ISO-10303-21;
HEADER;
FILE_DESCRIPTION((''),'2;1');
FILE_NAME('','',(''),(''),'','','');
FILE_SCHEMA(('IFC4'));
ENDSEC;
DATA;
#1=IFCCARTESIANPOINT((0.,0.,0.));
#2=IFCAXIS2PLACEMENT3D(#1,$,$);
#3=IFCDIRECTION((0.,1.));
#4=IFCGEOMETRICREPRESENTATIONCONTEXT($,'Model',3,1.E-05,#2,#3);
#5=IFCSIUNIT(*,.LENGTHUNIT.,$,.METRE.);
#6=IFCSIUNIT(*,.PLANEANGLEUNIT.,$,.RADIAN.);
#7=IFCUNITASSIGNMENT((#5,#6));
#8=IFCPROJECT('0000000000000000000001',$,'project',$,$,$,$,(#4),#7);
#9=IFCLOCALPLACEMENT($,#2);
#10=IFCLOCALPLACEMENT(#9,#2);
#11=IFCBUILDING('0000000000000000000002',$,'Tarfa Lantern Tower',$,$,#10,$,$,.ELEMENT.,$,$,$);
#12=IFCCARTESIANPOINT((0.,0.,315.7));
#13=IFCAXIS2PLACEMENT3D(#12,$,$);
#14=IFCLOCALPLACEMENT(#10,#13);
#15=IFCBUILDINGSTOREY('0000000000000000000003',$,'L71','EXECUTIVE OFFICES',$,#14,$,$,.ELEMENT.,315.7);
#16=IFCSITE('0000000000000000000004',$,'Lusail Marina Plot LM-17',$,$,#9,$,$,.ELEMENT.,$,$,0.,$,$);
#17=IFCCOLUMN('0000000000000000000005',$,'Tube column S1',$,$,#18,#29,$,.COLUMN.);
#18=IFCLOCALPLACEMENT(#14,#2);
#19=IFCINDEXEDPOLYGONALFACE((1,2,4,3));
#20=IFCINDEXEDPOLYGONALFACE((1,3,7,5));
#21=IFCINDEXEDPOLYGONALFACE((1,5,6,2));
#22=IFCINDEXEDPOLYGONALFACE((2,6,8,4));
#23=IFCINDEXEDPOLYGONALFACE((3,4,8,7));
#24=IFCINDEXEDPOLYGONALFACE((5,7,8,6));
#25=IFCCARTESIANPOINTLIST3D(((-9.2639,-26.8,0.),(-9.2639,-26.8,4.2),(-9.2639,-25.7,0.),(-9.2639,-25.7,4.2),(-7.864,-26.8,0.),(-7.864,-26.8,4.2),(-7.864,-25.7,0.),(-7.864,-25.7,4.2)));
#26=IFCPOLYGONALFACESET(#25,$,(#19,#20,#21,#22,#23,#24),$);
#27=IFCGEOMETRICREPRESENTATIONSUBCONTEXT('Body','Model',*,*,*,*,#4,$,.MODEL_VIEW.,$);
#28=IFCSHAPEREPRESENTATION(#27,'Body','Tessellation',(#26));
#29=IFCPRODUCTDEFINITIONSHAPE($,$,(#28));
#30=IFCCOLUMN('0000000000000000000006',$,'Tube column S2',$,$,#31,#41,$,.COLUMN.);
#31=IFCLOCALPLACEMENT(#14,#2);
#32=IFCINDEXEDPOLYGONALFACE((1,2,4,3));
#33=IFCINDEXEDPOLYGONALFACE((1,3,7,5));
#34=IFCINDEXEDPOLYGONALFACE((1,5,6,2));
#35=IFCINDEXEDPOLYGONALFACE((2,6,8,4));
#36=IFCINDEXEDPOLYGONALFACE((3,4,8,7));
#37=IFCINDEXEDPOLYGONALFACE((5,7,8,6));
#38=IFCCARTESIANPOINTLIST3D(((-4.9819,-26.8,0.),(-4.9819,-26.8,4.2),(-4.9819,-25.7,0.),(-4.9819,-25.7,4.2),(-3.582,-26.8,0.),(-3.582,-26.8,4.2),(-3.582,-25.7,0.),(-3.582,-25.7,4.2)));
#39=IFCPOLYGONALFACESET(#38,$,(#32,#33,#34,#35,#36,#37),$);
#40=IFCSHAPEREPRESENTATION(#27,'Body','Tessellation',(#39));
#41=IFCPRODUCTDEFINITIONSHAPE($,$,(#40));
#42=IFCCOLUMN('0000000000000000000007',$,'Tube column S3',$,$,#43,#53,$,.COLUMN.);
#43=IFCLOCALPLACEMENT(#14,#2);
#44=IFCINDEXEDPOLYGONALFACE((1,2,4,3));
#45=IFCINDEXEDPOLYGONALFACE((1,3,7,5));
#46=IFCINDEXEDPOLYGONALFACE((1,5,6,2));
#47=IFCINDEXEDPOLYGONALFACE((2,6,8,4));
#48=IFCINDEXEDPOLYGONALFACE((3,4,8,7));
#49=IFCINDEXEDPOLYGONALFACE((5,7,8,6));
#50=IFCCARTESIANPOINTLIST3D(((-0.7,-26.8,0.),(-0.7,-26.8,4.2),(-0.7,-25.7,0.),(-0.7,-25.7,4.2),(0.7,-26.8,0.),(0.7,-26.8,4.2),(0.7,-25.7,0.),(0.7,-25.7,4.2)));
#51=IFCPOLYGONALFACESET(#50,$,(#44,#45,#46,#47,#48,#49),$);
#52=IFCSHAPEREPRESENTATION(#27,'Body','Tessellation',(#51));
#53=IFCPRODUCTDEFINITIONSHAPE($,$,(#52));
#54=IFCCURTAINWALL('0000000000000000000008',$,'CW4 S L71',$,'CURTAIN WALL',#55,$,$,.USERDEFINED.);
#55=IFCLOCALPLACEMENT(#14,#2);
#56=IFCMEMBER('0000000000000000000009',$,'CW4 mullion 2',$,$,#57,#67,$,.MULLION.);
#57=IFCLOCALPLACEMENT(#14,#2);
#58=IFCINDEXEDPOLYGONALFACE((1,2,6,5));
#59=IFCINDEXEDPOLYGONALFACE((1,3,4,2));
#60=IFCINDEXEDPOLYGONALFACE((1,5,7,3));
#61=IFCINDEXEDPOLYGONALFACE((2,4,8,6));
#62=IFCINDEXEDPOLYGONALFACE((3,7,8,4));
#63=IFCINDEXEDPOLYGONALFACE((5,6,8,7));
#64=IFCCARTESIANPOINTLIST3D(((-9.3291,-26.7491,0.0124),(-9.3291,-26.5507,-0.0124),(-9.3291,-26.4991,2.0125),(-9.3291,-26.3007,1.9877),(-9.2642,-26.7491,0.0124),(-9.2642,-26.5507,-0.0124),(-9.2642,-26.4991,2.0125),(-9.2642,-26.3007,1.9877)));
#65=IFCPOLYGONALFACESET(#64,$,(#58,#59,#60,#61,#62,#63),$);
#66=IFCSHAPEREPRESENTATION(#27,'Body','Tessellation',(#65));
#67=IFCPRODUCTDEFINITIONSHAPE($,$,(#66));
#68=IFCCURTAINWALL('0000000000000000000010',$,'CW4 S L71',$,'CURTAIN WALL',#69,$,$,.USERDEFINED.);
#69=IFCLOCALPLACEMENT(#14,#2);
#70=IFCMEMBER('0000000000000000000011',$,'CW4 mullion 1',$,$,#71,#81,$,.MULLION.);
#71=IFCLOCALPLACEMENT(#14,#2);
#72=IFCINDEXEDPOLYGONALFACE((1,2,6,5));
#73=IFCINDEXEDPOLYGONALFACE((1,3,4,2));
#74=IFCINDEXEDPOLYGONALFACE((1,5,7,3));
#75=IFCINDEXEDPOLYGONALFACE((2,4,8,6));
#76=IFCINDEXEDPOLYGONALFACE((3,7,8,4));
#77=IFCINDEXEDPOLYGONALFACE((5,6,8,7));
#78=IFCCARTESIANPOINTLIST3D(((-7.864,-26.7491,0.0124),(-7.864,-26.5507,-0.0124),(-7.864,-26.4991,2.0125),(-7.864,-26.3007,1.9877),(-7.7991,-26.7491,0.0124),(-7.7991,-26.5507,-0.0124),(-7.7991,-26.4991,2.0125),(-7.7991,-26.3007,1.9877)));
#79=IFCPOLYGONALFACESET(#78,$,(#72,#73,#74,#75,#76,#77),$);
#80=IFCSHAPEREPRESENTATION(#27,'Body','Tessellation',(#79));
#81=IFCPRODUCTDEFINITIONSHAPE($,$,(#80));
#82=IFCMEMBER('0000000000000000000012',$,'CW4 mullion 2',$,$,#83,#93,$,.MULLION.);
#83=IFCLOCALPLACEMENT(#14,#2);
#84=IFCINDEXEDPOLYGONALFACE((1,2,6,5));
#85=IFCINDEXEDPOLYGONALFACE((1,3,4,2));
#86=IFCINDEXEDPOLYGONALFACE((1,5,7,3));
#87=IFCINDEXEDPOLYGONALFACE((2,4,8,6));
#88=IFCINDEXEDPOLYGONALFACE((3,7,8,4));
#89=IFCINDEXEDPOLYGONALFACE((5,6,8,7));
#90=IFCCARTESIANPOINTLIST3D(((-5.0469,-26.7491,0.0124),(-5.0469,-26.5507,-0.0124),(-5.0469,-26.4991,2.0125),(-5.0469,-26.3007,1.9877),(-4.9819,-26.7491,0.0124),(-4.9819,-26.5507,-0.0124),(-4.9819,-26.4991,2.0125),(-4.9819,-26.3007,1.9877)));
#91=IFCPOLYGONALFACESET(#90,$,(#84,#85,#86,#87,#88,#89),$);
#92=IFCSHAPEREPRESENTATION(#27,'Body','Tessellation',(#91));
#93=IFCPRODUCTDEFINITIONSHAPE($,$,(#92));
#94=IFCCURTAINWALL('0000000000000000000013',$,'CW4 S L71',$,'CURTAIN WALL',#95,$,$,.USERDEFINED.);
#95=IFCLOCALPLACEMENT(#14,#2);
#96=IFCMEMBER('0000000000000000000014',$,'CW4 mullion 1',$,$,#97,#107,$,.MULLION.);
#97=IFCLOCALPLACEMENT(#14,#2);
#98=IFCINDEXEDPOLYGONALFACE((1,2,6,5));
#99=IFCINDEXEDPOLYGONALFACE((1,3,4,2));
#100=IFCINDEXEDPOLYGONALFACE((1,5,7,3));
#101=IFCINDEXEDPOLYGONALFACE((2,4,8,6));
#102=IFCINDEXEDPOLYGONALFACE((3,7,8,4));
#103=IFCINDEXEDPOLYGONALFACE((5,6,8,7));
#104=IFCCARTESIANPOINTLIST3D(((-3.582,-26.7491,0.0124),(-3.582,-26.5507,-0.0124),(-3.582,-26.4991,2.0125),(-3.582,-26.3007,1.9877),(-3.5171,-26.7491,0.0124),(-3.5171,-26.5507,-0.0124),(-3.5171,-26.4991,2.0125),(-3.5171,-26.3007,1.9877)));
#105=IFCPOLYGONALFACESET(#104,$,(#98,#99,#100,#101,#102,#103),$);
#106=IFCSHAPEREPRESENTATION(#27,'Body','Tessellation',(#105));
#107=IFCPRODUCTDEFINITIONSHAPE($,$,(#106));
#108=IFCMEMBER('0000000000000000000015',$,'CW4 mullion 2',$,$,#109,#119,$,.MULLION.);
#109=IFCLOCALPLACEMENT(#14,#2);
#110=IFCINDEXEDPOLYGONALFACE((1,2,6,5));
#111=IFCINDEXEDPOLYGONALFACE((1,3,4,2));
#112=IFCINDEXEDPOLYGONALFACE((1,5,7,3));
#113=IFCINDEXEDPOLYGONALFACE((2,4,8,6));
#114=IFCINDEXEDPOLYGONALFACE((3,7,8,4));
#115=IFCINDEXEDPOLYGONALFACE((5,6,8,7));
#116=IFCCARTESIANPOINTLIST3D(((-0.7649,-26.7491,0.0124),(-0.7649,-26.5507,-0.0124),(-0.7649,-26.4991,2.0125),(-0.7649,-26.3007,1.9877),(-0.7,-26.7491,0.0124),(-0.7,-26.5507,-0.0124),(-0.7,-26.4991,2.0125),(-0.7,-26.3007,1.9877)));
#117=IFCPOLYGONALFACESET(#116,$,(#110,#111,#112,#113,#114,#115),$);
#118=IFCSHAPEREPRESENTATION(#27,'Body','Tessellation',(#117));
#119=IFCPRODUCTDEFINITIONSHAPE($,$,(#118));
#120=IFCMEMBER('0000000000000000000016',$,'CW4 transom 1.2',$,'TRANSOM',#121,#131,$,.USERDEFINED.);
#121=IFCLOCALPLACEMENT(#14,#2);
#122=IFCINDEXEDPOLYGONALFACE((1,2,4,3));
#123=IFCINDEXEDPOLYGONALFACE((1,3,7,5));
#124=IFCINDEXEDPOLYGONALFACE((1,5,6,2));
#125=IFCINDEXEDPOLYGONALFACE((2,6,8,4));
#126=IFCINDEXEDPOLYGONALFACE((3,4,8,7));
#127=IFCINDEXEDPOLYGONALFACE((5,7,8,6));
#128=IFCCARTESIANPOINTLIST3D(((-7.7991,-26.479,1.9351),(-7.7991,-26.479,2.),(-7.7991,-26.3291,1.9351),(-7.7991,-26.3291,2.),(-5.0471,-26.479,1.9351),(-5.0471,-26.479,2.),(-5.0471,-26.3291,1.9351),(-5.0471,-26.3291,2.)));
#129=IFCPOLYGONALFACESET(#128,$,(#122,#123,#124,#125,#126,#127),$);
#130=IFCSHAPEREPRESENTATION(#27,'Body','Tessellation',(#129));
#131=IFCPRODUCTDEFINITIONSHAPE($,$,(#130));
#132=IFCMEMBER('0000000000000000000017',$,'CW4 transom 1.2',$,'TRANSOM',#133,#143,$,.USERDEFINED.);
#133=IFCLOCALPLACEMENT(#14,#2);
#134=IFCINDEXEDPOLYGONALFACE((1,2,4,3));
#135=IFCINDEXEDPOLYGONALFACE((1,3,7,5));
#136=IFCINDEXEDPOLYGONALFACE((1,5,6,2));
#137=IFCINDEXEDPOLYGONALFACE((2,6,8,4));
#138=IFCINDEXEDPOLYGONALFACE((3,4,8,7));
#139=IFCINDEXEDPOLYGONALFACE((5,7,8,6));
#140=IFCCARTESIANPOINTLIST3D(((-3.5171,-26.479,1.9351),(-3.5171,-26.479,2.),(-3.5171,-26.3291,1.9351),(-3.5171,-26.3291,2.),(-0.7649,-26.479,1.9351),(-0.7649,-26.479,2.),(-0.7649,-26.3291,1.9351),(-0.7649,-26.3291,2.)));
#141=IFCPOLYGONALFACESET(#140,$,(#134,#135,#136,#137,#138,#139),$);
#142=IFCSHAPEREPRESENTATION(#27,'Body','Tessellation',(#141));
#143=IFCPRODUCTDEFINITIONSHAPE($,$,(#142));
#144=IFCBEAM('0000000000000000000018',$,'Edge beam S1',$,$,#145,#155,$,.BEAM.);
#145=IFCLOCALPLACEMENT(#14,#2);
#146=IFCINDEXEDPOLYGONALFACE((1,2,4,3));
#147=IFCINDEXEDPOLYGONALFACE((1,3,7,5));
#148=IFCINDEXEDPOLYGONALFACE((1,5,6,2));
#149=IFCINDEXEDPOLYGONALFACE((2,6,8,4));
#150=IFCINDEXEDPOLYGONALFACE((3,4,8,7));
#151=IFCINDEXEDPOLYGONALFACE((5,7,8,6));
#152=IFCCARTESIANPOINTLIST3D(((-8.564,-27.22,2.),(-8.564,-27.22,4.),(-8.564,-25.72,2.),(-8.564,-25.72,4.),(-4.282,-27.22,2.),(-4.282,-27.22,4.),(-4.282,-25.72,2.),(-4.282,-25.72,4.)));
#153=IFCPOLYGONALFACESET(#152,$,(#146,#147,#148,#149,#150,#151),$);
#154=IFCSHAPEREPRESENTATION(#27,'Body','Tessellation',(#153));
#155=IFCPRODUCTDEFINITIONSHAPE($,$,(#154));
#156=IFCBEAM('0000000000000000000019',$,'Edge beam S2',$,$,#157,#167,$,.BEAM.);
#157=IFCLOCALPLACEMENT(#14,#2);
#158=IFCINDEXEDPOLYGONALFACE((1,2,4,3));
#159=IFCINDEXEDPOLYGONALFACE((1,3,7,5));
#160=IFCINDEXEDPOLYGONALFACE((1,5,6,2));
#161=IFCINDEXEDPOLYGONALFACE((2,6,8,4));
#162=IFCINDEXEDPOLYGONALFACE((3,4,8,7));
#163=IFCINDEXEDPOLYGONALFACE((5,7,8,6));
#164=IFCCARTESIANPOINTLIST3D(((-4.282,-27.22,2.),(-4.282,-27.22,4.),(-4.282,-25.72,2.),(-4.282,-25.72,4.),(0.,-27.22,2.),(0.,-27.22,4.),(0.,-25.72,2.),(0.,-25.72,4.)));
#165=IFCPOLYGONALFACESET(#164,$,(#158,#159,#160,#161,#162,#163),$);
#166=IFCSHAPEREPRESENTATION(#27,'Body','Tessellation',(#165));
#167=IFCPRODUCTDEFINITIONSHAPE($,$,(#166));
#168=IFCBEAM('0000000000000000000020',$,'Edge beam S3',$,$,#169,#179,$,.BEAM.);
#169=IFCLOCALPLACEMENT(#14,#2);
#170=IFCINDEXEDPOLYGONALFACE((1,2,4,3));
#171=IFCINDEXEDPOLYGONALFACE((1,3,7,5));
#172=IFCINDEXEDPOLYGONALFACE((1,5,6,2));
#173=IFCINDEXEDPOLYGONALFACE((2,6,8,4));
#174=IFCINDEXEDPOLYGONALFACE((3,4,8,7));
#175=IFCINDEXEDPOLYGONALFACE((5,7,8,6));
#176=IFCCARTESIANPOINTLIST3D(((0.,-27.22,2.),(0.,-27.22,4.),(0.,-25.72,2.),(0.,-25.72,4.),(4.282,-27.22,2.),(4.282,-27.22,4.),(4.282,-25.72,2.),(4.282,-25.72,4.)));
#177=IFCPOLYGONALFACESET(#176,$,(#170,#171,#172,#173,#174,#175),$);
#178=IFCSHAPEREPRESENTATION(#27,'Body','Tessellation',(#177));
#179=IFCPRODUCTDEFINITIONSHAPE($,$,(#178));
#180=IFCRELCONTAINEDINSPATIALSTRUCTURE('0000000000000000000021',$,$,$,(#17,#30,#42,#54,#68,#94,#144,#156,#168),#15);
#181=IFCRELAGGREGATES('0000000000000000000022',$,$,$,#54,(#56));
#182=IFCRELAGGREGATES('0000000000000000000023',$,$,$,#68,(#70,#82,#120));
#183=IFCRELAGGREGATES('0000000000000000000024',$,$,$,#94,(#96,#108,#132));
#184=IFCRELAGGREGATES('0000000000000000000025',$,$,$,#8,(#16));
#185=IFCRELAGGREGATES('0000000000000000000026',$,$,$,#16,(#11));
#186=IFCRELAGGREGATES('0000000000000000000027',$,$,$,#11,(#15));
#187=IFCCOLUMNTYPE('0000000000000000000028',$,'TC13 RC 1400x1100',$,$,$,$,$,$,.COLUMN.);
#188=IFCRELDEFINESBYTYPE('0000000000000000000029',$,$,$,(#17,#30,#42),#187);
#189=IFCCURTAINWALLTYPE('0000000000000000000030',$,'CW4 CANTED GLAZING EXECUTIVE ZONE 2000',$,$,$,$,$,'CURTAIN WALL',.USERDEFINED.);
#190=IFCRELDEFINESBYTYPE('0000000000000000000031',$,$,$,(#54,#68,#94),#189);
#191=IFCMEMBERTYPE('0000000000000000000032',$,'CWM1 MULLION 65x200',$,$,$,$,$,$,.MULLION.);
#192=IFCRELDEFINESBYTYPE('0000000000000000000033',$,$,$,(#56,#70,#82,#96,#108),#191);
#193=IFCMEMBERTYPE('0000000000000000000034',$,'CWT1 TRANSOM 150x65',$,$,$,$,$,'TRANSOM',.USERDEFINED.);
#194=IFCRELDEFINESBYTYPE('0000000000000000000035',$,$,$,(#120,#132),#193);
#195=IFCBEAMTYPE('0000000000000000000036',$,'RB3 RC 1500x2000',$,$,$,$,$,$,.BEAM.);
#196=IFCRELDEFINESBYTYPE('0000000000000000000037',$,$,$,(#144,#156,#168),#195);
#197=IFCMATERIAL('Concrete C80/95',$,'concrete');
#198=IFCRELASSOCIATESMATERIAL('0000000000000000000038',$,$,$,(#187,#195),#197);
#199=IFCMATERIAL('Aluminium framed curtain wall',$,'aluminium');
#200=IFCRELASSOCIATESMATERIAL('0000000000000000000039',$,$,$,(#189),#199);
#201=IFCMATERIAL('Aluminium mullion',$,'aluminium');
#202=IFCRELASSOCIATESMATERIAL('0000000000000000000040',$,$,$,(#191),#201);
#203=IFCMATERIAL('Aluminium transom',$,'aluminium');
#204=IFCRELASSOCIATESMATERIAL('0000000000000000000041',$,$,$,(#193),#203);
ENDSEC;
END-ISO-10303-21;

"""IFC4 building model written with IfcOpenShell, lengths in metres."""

from ifc_helpers import new_model, si_unit, direction, frame, origin, origin_2d, place, context, subcontext, project, spatial, rectangle, extrude, material, material_profile, profile_set, type_object, element, aggregate, save


model = new_model("IFC4")

# Units and contexts
model_context = context("Model", 3, precision=1e-05, world=origin(), true_north=direction((0.0, 1.0)))
body_context = subcontext(model_context, "Body", "Model", "MODEL_VIEW")
ifc_project = project(units=[si_unit("LENGTHUNIT", "METRE"), si_unit("PLANEANGLEUNIT", "RADIAN")], contexts=[model_context])

# Site, building, storey
site_placement = place(None, origin())
site = spatial("IfcSite", under=ifc_project, at=site_placement, Name="Lusail Marina Plot LM-17", CompositionType="ELEMENT", RefElevation=0.0)
building_placement = place(site_placement, origin())
building = spatial("IfcBuilding", under=site, at=building_placement, Name="Tarfa Lantern Tower", CompositionType="ELEMENT")
storey_placement = place(building_placement, frame((0.0, 0.0, 315.7)))
storey = spatial("IfcBuildingStorey", under=building, at=storey_placement, Name="L71", Description="EXECUTIVE OFFICES", CompositionType="ELEMENT", Elevation=315.7)

# Columns
ifc_material_1 = material(Name="Concrete C80/95", Category="concrete")
ifc_material_profile_1 = material_profile(ifc_material_1, rectangle(XDim=1.3999, YDim=1.1001, at=origin_2d()), Name="RC 1400x1100")
ifc_profile_set_1 = profile_set([ifc_material_profile_1], Name="Concrete C80/95")
column_type = type_object("IfcColumnType", Name="TC13 RC 1400x1100", PredefinedType="COLUMN", material=ifc_profile_set_1)
for number, where, z_axis, x_axis, name in (
    (1, (-8.564, -26.25, 0.0), (0.0, 0.0, 1.0), (1.0, 0.0, 0.0), "Tube column S1"),
    (2, (-4.282, -26.25, 0.0), (0.0, 0.0, 1.0), (1.0, 0.0, 0.0), "Tube column S2"),
    (3, (0.0, -26.25, 0.0), (0.0, 0.0, 1.0), (1.0, 0.0, 0.0), "Tube column S3"),
):
    element("IfcColumn", number, at=place(storey_placement, frame(where, z_axis=z_axis, x_axis=x_axis)), inside=storey, type_object=column_type, Name=name, PredefinedType="COLUMN", context=body_context, shape_type="SweptSolid", body=[
        extrude(rectangle(XDim=1.3999, YDim=1.1001, at=origin_2d()), origin(), (0.0, 0.0, 1.0), 4.2),
    ])

# Curtain wall, member
ifc_material_2 = material(Name="Aluminium framed curtain wall", Category="aluminium")
curtain_wall_type = type_object("IfcCurtainWallType", Name="CW4 CANTED GLAZING EXECUTIVE ZONE 2000", ElementType="CURTAIN WALL", PredefinedType="USERDEFINED", material=ifc_material_2)
curtain_wall_1_placement = place(storey_placement, origin())
curtain_wall_1 = element("IfcCurtainWall", 4, at=curtain_wall_1_placement, inside=storey, type_object=curtain_wall_type, Name="CW4 S L71", ObjectType="CURTAIN WALL", PredefinedType="USERDEFINED")
ifc_material_3 = material(Name="Aluminium mullion", Category="aluminium")
ifc_material_profile_2 = material_profile(ifc_material_3, rectangle(XDim=0.0649, YDim=0.2, at=origin_2d()), Name="AL MULLION 65x200")
ifc_profile_set_2 = profile_set([ifc_material_profile_2], Name="Aluminium mullion")
member_type_1 = type_object("IfcMemberType", Name="CWM1 MULLION 65x200", PredefinedType="MULLION", material=ifc_profile_set_2)
member_1_placement = place(storey_placement, frame((-9.2966, -26.6499, 0.0), z_axis=(0.0, 0.124035, 0.992278), x_axis=(-1.0, 0.0, 0.0)))
member_1 = element("IfcMember", 5, at=member_1_placement, type_object=member_type_1, Name="CW4 mullion 2", PredefinedType="MULLION", context=body_context, shape_type="SweptSolid", body=[
    extrude(rectangle(XDim=0.0649, YDim=0.2, at=origin_2d()), origin(), (0.0, 0.0, 1.0), 2.0156),
])
aggregate(curtain_wall_1, [member_1])

# Curtain walls, members
curtain_wall_2_placement = place(storey_placement, origin())
curtain_wall_2 = element("IfcCurtainWall", 6, at=curtain_wall_2_placement, inside=storey, type_object=curtain_wall_type, Name="CW4 S L71", ObjectType="CURTAIN WALL", PredefinedType="USERDEFINED")
member_2_placement = place(storey_placement, frame((-7.8315, -26.6499, 0.0), z_axis=(0.0, 0.124035, 0.992278), x_axis=(-1.0, 0.0, 0.0)))
member_2 = element("IfcMember", 7, at=member_2_placement, type_object=member_type_1, Name="CW4 mullion 1", PredefinedType="MULLION", context=body_context, shape_type="SweptSolid", body=[
    extrude(rectangle(XDim=0.0649, YDim=0.2, at=origin_2d()), origin(), (0.0, 0.0, 1.0), 2.0156),
])
member_3_placement = place(storey_placement, frame((-5.0144, -26.6499, 0.0), z_axis=(0.0, 0.124035, 0.992278), x_axis=(-1.0, 0.0, 0.0)))
member_3 = element("IfcMember", 8, at=member_3_placement, type_object=member_type_1, Name="CW4 mullion 2", PredefinedType="MULLION", context=body_context, shape_type="SweptSolid", body=[
    extrude(rectangle(XDim=0.0649, YDim=0.2, at=origin_2d()), origin(), (0.0, 0.0, 1.0), 2.0156),
])
curtain_wall_3_placement = place(storey_placement, origin())
curtain_wall_3 = element("IfcCurtainWall", 9, at=curtain_wall_3_placement, inside=storey, type_object=curtain_wall_type, Name="CW4 S L71", ObjectType="CURTAIN WALL", PredefinedType="USERDEFINED")
member_4_placement = place(storey_placement, frame((-3.5496, -26.6499, 0.0), z_axis=(0.0, 0.124035, 0.992278), x_axis=(-1.0, 0.0, 0.0)))
member_4 = element("IfcMember", 10, at=member_4_placement, type_object=member_type_1, Name="CW4 mullion 1", PredefinedType="MULLION", context=body_context, shape_type="SweptSolid", body=[
    extrude(rectangle(XDim=0.0649, YDim=0.2, at=origin_2d()), origin(), (0.0, 0.0, 1.0), 2.0156),
])
member_5_placement = place(storey_placement, frame((-0.7324, -26.6499, 0.0), z_axis=(0.0, 0.124035, 0.992278), x_axis=(-1.0, 0.0, 0.0)))
member_5 = element("IfcMember", 11, at=member_5_placement, type_object=member_type_1, Name="CW4 mullion 2", PredefinedType="MULLION", context=body_context, shape_type="SweptSolid", body=[
    extrude(rectangle(XDim=0.0649, YDim=0.2, at=origin_2d()), origin(), (0.0, 0.0, 1.0), 2.0156),
])

# Members
ifc_material_4 = material(Name="Aluminium transom", Category="aluminium")
ifc_material_profile_3 = material_profile(ifc_material_4, rectangle(XDim=0.1499, YDim=0.0649, at=origin_2d()), Name="AL TRANSOM 150x65")
ifc_profile_set_3 = profile_set([ifc_material_profile_3], Name="Aluminium transom")
member_type_2 = type_object("IfcMemberType", Name="CWT1 TRANSOM 150x65", ElementType="TRANSOM", PredefinedType="USERDEFINED", material=ifc_profile_set_3)
member_6_placement = place(storey_placement, frame((-7.7991, -26.4041, 1.9675), z_axis=(1.0, 0.0, 0.0), x_axis=(0.0, 1.0, 0.0)))
member_6 = element("IfcMember", 12, at=member_6_placement, type_object=member_type_2, Name="CW4 transom 1.2", ObjectType="TRANSOM", PredefinedType="USERDEFINED", context=body_context, shape_type="SweptSolid", body=[
    extrude(rectangle(XDim=0.1499, YDim=0.0649, at=origin_2d()), origin(), (0.0, 0.0, 1.0), 2.752),
])
member_7_placement = place(storey_placement, frame((-3.5171, -26.4041, 1.9675), z_axis=(1.0, 0.0, 0.0), x_axis=(0.0, 1.0, 0.0)))
member_7 = element("IfcMember", 13, at=member_7_placement, type_object=member_type_2, Name="CW4 transom 1.2", ObjectType="TRANSOM", PredefinedType="USERDEFINED", context=body_context, shape_type="SweptSolid", body=[
    extrude(rectangle(XDim=0.1499, YDim=0.0649, at=origin_2d()), origin(), (0.0, 0.0, 1.0), 2.7522),
])

# Beams
ifc_material_profile_4 = material_profile(ifc_material_1, rectangle(XDim=1.5, YDim=2.0, at=origin_2d()), Name="RC 1500x2000")
ifc_profile_set_4 = profile_set([ifc_material_profile_4], Name="Concrete C80/95")
beam_type_1 = type_object("IfcBeamType", Name="RB3 RC 1500x2000", PredefinedType="BEAM", material=ifc_profile_set_4)
for number, where, z_axis, x_axis, name in (
    (14, (-8.564, -26.47, 3.0), (1.0, 0.0, 0.0), (0.0, 1.0, 0.0), "Edge beam S1"),
    (15, (-4.282, -26.47, 3.0), (1.0, 0.0, 0.0), (0.0, 1.0, 0.0), "Edge beam S2"),
    (16, (0.0, -26.47, 3.0), (1.0, 0.0, 0.0), (0.0, 1.0, 0.0), "Edge beam S3"),
):
    element("IfcBeam", number, at=place(storey_placement, frame(where, z_axis=z_axis, x_axis=x_axis)), inside=storey, type_object=beam_type_1, Name=name, PredefinedType="BEAM", context=body_context, shape_type="SweptSolid", body=[
        extrude(rectangle(XDim=1.5, YDim=2.0, at=origin_2d()), origin(), (0.0, 0.0, 1.0), 4.282),
    ])

aggregate(curtain_wall_2, [member_2, member_3, member_6])
aggregate(curtain_wall_3, [member_4, member_5, member_7])

save(model, "model.ifc")
